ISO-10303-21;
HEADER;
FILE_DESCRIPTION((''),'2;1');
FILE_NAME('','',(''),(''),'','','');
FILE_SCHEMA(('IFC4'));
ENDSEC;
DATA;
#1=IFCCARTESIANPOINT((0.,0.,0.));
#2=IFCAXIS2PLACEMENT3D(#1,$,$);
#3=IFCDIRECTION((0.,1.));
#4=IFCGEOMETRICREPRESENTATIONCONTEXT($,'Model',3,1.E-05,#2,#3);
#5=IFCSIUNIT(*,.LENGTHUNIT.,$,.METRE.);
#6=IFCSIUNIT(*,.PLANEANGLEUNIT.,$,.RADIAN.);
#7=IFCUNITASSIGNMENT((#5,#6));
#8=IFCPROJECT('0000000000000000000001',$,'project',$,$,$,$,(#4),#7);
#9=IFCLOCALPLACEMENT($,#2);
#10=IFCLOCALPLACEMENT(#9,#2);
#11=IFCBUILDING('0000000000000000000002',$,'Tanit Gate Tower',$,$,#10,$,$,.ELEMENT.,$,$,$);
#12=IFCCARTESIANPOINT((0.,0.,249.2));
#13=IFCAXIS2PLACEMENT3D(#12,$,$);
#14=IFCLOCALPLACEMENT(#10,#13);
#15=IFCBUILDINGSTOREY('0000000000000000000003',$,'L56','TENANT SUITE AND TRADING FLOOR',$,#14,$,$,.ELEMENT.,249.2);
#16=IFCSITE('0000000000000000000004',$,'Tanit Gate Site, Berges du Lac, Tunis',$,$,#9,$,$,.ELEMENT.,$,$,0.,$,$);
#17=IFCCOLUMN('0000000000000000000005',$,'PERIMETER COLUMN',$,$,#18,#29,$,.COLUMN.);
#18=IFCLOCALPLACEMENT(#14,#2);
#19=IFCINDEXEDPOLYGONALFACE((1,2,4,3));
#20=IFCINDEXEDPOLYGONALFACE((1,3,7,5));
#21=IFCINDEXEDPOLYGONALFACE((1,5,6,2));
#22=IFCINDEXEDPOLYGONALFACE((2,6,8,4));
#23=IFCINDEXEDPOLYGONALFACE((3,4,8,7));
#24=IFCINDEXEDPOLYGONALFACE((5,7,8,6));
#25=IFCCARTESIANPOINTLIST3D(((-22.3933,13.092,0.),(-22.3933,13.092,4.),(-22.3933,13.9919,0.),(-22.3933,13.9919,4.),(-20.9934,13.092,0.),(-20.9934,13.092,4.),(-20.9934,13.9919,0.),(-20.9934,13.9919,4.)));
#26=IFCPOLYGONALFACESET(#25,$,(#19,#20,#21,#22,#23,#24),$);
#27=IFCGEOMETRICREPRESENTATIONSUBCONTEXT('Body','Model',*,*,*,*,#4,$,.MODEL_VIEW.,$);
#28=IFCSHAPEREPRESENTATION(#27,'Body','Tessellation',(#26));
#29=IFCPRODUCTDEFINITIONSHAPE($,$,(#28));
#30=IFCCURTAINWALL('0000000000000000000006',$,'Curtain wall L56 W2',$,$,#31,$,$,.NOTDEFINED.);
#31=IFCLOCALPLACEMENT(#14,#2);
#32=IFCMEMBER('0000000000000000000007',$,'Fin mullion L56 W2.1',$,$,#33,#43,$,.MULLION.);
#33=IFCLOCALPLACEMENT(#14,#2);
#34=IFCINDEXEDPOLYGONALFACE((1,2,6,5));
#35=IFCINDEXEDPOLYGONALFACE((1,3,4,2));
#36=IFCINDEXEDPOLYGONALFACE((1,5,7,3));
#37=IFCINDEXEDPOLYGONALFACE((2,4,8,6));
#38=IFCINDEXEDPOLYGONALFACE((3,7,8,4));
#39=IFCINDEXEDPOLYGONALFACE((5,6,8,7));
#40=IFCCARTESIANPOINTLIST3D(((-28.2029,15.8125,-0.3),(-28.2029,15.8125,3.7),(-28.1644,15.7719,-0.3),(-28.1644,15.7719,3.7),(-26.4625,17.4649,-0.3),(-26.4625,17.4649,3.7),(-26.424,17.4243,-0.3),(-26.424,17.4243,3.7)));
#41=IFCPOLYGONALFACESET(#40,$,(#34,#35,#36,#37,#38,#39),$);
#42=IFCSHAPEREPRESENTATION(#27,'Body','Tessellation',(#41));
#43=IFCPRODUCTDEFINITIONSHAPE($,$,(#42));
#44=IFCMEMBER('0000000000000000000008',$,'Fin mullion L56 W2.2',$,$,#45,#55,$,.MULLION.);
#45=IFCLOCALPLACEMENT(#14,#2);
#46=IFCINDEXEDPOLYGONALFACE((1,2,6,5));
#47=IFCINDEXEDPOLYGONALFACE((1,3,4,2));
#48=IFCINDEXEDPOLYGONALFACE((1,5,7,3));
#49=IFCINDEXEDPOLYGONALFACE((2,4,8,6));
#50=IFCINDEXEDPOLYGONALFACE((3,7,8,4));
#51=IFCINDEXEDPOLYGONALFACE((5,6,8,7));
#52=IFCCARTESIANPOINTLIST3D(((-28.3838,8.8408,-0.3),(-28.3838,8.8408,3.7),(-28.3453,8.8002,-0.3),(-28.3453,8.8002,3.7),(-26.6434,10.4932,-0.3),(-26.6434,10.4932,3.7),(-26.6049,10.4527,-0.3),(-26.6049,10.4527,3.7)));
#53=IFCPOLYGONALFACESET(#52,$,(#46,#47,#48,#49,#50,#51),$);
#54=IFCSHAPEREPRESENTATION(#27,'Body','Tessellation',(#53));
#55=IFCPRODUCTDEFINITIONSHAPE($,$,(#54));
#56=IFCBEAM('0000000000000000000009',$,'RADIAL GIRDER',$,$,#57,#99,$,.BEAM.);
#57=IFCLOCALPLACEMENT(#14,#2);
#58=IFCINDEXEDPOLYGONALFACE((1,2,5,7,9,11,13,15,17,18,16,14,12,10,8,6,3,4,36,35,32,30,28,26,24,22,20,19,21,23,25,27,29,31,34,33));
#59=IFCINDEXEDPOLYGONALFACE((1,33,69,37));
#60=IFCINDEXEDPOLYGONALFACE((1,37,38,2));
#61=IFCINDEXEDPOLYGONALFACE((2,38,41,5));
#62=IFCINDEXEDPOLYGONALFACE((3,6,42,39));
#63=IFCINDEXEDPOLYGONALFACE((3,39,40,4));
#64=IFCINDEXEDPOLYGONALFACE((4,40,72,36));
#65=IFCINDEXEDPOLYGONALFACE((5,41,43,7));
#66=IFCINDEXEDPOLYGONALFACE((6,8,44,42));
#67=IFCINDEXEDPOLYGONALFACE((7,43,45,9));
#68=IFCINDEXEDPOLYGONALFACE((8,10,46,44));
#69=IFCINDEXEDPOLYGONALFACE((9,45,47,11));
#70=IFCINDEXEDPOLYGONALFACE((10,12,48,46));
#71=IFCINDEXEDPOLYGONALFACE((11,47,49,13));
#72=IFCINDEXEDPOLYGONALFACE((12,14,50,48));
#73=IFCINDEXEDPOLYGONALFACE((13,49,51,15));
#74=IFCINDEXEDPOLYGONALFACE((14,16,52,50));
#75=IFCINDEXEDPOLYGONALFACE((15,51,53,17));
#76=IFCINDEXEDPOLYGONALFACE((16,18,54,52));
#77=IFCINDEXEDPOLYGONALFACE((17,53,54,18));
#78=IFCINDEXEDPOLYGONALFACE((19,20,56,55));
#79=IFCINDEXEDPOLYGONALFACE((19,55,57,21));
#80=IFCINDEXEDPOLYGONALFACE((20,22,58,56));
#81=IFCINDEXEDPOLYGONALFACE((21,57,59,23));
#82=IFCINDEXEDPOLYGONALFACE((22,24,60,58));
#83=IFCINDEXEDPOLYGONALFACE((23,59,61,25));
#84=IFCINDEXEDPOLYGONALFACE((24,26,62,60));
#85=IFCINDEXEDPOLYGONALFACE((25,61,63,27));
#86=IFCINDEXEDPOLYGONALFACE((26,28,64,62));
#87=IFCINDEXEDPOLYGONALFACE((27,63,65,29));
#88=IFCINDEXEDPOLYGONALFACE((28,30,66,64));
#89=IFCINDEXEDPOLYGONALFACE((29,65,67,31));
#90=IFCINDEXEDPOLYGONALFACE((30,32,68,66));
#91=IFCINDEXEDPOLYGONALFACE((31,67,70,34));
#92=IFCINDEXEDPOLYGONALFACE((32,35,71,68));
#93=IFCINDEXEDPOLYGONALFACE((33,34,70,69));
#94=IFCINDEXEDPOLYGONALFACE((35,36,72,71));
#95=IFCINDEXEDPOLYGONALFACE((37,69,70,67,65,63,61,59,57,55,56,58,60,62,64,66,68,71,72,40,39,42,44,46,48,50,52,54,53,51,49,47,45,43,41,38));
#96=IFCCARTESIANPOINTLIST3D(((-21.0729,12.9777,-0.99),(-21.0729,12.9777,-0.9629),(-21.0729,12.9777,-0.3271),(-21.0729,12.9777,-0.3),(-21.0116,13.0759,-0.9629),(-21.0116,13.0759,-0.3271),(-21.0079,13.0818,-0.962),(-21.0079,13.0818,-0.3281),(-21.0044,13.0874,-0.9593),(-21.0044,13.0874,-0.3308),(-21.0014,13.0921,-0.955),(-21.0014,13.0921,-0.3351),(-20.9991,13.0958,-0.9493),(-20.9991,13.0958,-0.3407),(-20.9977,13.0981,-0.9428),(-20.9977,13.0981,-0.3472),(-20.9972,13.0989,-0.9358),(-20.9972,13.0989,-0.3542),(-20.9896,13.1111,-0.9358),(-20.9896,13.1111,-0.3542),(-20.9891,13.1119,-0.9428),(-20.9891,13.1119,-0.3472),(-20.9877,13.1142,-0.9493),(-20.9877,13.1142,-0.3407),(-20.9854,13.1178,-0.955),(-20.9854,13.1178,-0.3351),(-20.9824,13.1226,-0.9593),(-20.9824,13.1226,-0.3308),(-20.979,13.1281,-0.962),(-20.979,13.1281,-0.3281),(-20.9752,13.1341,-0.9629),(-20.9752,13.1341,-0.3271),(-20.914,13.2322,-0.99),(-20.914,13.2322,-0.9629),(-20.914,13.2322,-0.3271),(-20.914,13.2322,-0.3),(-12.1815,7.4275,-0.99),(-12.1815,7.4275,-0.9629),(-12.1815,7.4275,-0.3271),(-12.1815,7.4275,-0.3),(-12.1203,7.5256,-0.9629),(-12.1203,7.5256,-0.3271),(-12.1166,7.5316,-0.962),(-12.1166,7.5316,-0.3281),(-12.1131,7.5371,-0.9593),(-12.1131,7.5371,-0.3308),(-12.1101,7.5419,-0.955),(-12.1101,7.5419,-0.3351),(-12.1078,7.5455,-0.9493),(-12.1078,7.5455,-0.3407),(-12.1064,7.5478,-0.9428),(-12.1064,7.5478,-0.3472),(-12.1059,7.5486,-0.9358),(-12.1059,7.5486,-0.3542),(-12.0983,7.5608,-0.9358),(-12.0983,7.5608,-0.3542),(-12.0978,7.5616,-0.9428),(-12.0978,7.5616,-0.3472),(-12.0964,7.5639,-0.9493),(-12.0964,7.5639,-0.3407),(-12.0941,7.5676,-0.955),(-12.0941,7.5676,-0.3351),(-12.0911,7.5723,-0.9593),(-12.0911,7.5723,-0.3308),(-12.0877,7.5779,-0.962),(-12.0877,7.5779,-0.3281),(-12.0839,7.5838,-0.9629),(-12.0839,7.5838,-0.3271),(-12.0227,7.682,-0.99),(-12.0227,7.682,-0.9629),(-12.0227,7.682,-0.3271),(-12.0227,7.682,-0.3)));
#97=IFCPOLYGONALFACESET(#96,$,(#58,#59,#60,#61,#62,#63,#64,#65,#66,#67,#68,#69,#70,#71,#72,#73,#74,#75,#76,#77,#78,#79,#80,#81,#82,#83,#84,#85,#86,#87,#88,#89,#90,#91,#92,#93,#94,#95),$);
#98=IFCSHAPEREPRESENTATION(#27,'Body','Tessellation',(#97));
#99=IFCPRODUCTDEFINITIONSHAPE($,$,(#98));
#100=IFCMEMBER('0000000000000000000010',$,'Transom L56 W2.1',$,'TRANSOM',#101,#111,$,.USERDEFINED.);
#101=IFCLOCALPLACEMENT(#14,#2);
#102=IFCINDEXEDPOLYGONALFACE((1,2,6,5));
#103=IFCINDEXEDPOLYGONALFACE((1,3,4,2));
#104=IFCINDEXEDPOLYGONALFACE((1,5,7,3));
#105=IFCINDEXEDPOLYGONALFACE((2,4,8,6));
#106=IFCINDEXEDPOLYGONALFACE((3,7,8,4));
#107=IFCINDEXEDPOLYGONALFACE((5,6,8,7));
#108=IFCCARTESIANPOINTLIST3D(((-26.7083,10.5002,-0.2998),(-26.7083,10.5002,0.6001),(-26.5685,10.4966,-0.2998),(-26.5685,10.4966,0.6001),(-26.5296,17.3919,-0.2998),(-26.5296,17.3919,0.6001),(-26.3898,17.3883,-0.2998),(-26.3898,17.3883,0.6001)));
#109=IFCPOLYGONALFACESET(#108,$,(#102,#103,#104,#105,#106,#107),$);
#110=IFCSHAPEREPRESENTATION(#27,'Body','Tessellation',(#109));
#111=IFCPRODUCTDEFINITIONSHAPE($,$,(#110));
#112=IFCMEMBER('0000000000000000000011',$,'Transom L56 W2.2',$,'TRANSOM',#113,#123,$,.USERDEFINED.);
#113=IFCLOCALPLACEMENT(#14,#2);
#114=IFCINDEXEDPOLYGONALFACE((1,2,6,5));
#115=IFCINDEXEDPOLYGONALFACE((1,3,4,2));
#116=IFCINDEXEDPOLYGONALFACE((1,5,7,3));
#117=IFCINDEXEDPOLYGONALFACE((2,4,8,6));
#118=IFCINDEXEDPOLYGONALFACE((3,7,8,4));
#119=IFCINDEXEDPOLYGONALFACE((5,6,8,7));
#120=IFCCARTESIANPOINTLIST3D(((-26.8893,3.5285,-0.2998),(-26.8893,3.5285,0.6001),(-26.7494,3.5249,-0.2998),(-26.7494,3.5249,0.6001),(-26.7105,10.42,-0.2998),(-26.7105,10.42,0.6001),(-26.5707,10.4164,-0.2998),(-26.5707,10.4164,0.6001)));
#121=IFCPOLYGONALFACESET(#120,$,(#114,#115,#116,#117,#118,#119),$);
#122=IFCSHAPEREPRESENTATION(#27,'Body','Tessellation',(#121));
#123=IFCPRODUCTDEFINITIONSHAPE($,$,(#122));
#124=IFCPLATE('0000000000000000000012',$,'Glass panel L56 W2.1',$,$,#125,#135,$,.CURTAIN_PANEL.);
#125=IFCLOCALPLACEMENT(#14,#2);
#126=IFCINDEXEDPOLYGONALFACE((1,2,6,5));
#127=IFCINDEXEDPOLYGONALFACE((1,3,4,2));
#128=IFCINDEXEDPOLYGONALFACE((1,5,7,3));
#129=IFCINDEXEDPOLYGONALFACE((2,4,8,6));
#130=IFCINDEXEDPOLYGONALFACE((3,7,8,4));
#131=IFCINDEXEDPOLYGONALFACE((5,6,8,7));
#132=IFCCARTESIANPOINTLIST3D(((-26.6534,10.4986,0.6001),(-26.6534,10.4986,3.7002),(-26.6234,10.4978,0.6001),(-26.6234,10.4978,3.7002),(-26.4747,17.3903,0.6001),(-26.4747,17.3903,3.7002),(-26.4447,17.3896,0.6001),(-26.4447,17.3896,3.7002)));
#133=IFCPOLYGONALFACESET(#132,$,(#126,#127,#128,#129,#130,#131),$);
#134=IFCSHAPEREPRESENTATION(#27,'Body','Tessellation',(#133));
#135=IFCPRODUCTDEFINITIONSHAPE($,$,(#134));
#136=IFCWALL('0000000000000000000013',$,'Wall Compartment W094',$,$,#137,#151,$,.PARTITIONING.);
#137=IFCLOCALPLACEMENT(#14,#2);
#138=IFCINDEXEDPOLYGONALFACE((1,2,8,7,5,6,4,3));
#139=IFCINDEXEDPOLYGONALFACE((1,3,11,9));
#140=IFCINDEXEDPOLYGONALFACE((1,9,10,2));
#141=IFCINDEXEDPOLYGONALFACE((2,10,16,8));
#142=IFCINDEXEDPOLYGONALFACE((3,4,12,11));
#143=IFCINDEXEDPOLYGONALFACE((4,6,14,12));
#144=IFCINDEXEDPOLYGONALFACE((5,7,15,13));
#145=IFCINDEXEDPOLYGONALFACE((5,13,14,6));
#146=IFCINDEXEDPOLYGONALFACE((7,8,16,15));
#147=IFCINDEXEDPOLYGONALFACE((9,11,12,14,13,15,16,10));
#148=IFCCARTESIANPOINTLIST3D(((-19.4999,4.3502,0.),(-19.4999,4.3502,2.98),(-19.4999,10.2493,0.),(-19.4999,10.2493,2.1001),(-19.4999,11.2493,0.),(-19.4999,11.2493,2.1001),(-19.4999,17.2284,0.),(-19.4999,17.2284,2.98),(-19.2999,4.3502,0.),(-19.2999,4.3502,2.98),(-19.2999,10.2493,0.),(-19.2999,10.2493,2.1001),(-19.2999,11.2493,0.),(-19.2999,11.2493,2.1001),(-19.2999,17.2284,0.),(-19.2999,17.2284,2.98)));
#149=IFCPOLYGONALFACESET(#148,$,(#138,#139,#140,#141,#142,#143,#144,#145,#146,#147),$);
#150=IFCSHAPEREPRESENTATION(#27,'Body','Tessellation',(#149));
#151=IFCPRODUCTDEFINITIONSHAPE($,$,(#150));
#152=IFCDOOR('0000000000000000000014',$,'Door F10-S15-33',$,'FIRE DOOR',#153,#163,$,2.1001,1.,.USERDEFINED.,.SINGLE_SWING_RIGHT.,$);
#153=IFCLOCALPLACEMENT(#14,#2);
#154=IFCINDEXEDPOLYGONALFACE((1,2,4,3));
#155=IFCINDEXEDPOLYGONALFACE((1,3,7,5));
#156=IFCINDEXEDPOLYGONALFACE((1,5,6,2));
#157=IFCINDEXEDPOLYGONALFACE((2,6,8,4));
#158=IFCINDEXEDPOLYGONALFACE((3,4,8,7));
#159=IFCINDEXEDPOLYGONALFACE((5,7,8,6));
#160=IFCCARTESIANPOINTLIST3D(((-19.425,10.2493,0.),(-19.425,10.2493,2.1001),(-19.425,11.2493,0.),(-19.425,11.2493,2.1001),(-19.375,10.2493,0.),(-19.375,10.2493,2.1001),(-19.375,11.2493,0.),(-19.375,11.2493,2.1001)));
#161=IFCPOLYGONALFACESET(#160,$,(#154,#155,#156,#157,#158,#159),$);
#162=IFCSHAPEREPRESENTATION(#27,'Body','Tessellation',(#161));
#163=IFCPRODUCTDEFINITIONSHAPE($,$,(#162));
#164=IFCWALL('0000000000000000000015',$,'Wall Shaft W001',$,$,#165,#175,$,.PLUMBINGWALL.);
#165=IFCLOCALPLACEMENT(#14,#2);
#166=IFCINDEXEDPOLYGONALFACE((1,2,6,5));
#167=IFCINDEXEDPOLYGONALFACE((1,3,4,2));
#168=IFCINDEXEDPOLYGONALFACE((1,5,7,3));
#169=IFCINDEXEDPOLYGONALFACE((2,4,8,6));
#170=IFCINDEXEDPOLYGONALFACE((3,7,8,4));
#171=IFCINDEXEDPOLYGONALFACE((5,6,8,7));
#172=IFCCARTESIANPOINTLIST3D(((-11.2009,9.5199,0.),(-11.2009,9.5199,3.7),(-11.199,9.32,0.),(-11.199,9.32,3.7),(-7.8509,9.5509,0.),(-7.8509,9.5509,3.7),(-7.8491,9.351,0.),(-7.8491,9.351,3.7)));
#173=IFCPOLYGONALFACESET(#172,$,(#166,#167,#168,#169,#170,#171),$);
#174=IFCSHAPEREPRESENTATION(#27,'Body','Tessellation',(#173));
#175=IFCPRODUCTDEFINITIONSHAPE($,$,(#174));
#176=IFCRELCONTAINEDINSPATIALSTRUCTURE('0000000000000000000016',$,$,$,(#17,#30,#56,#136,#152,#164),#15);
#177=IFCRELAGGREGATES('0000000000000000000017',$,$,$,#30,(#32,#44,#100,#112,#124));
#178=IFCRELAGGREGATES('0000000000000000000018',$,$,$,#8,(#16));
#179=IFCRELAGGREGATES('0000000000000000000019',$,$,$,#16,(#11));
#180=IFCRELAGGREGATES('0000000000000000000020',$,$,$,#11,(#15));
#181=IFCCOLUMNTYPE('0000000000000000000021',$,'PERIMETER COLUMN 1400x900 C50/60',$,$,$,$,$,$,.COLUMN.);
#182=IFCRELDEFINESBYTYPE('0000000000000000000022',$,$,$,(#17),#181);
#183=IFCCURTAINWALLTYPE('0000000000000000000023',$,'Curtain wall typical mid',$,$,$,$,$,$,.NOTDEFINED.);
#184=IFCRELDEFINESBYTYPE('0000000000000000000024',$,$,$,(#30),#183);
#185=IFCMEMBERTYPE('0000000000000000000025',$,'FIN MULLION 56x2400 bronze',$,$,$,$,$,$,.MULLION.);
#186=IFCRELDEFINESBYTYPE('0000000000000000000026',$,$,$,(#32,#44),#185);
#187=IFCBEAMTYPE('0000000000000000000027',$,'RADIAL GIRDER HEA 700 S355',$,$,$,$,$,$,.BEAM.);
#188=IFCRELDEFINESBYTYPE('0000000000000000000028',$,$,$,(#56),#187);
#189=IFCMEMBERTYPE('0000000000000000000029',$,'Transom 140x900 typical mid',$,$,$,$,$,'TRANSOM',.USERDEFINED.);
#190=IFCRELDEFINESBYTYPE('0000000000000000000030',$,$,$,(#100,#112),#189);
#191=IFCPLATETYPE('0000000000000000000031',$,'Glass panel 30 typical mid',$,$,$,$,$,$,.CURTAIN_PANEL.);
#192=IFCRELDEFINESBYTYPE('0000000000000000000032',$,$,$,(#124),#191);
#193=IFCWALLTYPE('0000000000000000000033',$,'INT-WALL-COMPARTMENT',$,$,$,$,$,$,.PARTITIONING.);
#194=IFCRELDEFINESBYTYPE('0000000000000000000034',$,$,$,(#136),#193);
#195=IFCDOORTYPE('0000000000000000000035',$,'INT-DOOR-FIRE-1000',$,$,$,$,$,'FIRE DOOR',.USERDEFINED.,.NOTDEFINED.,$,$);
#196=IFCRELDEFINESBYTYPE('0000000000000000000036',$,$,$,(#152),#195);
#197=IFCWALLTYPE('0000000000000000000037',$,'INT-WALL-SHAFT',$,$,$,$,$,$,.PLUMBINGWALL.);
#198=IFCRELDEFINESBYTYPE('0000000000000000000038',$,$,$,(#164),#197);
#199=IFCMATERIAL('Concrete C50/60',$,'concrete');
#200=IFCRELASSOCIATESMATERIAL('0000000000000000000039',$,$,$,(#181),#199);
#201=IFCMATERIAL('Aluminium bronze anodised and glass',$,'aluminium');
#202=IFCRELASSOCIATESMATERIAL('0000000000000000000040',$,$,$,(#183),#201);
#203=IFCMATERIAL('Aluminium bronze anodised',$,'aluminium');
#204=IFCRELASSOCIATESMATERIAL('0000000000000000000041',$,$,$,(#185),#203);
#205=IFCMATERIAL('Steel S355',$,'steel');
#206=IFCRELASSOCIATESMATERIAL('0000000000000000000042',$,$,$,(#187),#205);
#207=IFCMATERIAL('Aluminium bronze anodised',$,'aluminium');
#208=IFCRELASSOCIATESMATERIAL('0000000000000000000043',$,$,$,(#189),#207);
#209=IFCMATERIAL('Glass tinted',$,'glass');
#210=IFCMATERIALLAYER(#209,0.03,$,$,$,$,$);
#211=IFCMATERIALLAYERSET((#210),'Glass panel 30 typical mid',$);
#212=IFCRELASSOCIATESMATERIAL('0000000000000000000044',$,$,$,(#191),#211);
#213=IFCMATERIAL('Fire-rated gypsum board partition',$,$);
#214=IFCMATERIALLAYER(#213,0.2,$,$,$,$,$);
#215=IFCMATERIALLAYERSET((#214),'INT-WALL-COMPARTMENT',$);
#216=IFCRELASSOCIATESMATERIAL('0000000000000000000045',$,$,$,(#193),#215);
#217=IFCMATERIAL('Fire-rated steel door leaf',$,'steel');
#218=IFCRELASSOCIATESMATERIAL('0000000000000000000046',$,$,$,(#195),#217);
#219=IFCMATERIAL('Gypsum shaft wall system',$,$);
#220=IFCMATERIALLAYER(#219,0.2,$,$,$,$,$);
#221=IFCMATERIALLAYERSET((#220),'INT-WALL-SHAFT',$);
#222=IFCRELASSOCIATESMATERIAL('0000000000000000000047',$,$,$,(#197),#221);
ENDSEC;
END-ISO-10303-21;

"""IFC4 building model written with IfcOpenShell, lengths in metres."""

from ifc_helpers import new_model, si_unit, direction, frame, frame_2d, origin, origin_2d, place, context, subcontext, project, spatial, rectangle, i_section, extrude, material, layer, layer_set, material_profile, profile_set, type_object, element, fill, aggregate, save


model = new_model("IFC4")

# Units and contexts
model_context = context("Model", 3, precision=1e-05, world=origin(), true_north=direction((0.0, 1.0)))
body_context = subcontext(model_context, "Body", "Model", "MODEL_VIEW")
ifc_project = project(units=[si_unit("LENGTHUNIT", "METRE"), si_unit("PLANEANGLEUNIT", "RADIAN")], contexts=[model_context])

# Site, building, storey
site_placement = place(None, origin())
site = spatial("IfcSite", under=ifc_project, at=site_placement, Name="Tanit Gate Site, Berges du Lac, Tunis", CompositionType="ELEMENT", RefElevation=0.0)
building_placement = place(site_placement, origin())
building = spatial("IfcBuilding", under=site, at=building_placement, Name="Tanit Gate Tower", CompositionType="ELEMENT")
storey_placement = place(building_placement, frame((0.0, 0.0, 249.2)))
storey = spatial("IfcBuildingStorey", under=building, at=storey_placement, Name="L56", Description="TENANT SUITE AND TRADING FLOOR", CompositionType="ELEMENT", Elevation=249.2)

# Column
ifc_material_1 = material(Name="Concrete C50/60", Category="concrete")
ifc_material_profile_1 = material_profile(ifc_material_1, rectangle(XDim=1.3999, YDim=0.8999, at=origin_2d()), Name="RC 1400x900")
ifc_profile_set_1 = profile_set([ifc_material_profile_1], Name="Concrete C50/60")
column_type = type_object("IfcColumnType", Name="PERIMETER COLUMN 1400x900 C50/60", PredefinedType="COLUMN", material=ifc_profile_set_1)
column_placement = place(storey_placement, frame((-21.6934, 13.542, 0.0), z_axis=(0.0, 0.0, 1.0), x_axis=(-1.0, 0.0, 0.0)))
element("IfcColumn", 1, at=column_placement, inside=storey, type_object=column_type, Name="PERIMETER COLUMN", PredefinedType="COLUMN", context=body_context, shape_type="SweptSolid", body=[
    extrude(rectangle(XDim=1.3999, YDim=0.8999, at=origin_2d()), origin(), (0.0, 0.0, 1.0), 4.0),
])

# Curtain wall, members
ifc_material_2 = material(Name="Aluminium bronze anodised and glass", Category="aluminium")
curtain_wall_type = type_object("IfcCurtainWallType", Name="Curtain wall typical mid", PredefinedType="NOTDEFINED", material=ifc_material_2)
curtain_wall_placement = place(storey_placement, origin())
curtain_wall = element("IfcCurtainWall", 2, at=curtain_wall_placement, inside=storey, type_object=curtain_wall_type, Name="Curtain wall L56 W2", PredefinedType="NOTDEFINED")
ifc_material_3 = material(Name="Aluminium bronze anodised", Category="aluminium")
ifc_material_profile_2 = material_profile(ifc_material_3, rectangle(XDim=2.3999, YDim=0.0559, at=origin_2d()), Name="56x2400 bronze fin mullion")
ifc_profile_set_2 = profile_set([ifc_material_profile_2], Name="Aluminium bronze anodised")
member_type_1 = type_object("IfcMemberType", Name="FIN MULLION 56x2400 bronze", PredefinedType="MULLION", material=ifc_profile_set_2)
member_1_placement = place(storey_placement, frame((-27.3135, 16.6184, -0.3), z_axis=(0.0, 0.0, 1.0), x_axis=(0.7252, 0.688538, 0.0)))
member_1 = element("IfcMember", 3, at=member_1_placement, type_object=member_type_1, Name="Fin mullion L56 W2.1", PredefinedType="MULLION", context=body_context, shape_type="SweptSolid", body=[
    extrude(rectangle(XDim=2.3999, YDim=0.0559, at=origin_2d()), origin(), (0.0, 0.0, 1.0), 4.0),
])
member_2_placement = place(storey_placement, frame((-27.4944, 9.6467, -0.3), z_axis=(0.0, 0.0, 1.0), x_axis=(0.7252, 0.688538, 0.0)))
member_2 = element("IfcMember", 4, at=member_2_placement, type_object=member_type_1, Name="Fin mullion L56 W2.2", PredefinedType="MULLION", context=body_context, shape_type="SweptSolid", body=[
    extrude(rectangle(XDim=2.3999, YDim=0.0559, at=origin_2d()), origin(), (0.0, 0.0, 1.0), 4.0),
])

# Beam
ifc_material_4 = material(Name="Steel S355", Category="steel")
ifc_material_profile_3 = material_profile(ifc_material_4, i_section(OverallWidth=0.3, OverallDepth=0.6899, WebThickness=0.0144, FlangeThickness=0.0271, FilletRadius=0.0271, at=origin_2d()), Name="HEA 700")
ifc_profile_set_3 = profile_set([ifc_material_profile_3], Name="Steel S355")
beam_type = type_object("IfcBeamType", Name="RADIAL GIRDER HEA 700 S355", PredefinedType="BEAM", material=ifc_profile_set_3)
beam_placement = place(storey_placement, frame((-20.9934, 13.105, -0.645), z_axis=(0.84829, -0.529532, 0.0), x_axis=(0.529532, 0.84829, 0.0)))
element("IfcBeam", 5, at=beam_placement, inside=storey, type_object=beam_type, Name="RADIAL GIRDER", PredefinedType="BEAM", context=body_context, shape_type="SweptSolid", body=[
    extrude(i_section(OverallWidth=0.3, OverallDepth=0.6899, WebThickness=0.0144, FlangeThickness=0.0271, FilletRadius=0.0271, at=origin_2d()), origin(), (0.0, 0.0, 1.0), 10.4814),
])

# Members
ifc_material_5 = material(Name="Aluminium bronze anodised", Category="aluminium")
ifc_material_profile_4 = material_profile(ifc_material_5, rectangle(XDim=0.1399, YDim=0.8999, at=origin_2d()), Name="140x900 bronze transom")
ifc_profile_set_4 = profile_set([ifc_material_profile_4], Name="Aluminium bronze anodised")
member_type_2 = type_object("IfcMemberType", Name="Transom 140x900 typical mid", ElementType="TRANSOM", PredefinedType="USERDEFINED", material=ifc_profile_set_4)
member_3_placement = place(storey_placement, frame((-26.4597, 17.3901, 0.1501), z_axis=(-0.025922, -0.999664, 0.0), x_axis=(0.999664, -0.025922, 0.0)))
member_3 = element("IfcMember", 6, at=member_3_placement, type_object=member_type_2, Name="Transom L56 W2.1", ObjectType="TRANSOM", PredefinedType="USERDEFINED", context=body_context, shape_type="SweptSolid", body=[
    extrude(rectangle(XDim=0.1399, YDim=0.8999, at=origin_2d()), origin(), (0.0, 0.0, 1.0), 6.894),
])
member_4_placement = place(storey_placement, frame((-26.6406, 10.4182, 0.1501), z_axis=(-0.025923, -0.999664, 0.0), x_axis=(0.999664, -0.025923, 0.0)))
member_4 = element("IfcMember", 7, at=member_4_placement, type_object=member_type_2, Name="Transom L56 W2.2", ObjectType="TRANSOM", PredefinedType="USERDEFINED", context=body_context, shape_type="SweptSolid", body=[
    extrude(rectangle(XDim=0.1399, YDim=0.8999, at=origin_2d()), origin(), (0.0, 0.0, 1.0), 6.8938),
])

# Plate
ifc_material_6 = material(Name="Glass tinted", Category="glass")
ifc_layer_1 = layer(ifc_material_6, 0.03)
ifc_layer_set_1 = layer_set([ifc_layer_1], Name="Glass panel 30 typical mid")
plate_type = type_object("IfcPlateType", Name="Glass panel 30 typical mid", PredefinedType="CURTAIN_PANEL", material=ifc_layer_set_1)
plate_placement = place(storey_placement, frame((-26.5491, 13.9441, 0.6001), z_axis=(0.0, 0.0, 1.0), x_axis=(-0.025924, -0.999664, 0.0)))
plate = element("IfcPlate", 8, at=plate_placement, type_object=plate_type, Name="Glass panel L56 W2.1", PredefinedType="CURTAIN_PANEL", context=body_context, shape_type="SweptSolid", body=[
    extrude(rectangle(XDim=6.894, YDim=0.03, at=origin_2d()), origin(), (0.0, 0.0, 1.0), 3.1001),
])
aggregate(curtain_wall, [member_1, member_2, member_3, member_4, plate])

# Wall, opening, door
ifc_material_7 = material(Name="Fire-rated gypsum board partition")
ifc_layer_2 = layer(ifc_material_7, 0.2)
ifc_layer_set_2 = layer_set([ifc_layer_2], Name="INT-WALL-COMPARTMENT")
wall_type_1 = type_object("IfcWallType", Name="INT-WALL-COMPARTMENT", PredefinedType="PARTITIONING", material=ifc_layer_set_2)
wall_1_placement = place(storey_placement, frame((-19.3999, 17.2283, 0.0), z_axis=(0.0, 0.0, 1.0), x_axis=(0.0, -1.0, 0.0)))
wall_1 = element("IfcWall", 9, at=wall_1_placement, inside=storey, type_object=wall_type_1, Name="Wall Compartment W094", PredefinedType="PARTITIONING", context=body_context, shape_type="SweptSolid", body=[
    extrude(rectangle(XDim=12.8782, YDim=0.2, at=frame_2d((6.439, 0.0))), origin(), (0.0, 0.0, 1.0), 2.98),
])
opening_1_placement = place(wall_1_placement, frame((5.979, 0.0, 0.0)))
opening_1 = element("IfcOpeningElement", 10, at=opening_1_placement, cuts=wall_1, PredefinedType="OPENING", context=body_context, shape_type="SweptSolid", body=[
    extrude(rectangle(XDim=1.0, YDim=2.1001, at=frame_2d((0.5, 1.05))), frame((0.0, 0.1099, 0.0), z_axis=(0.0, -1.0, 0.0), x_axis=(1.0, 0.0, 0.0)), (0.0, 0.0, 1.0), 0.22),
])
ifc_material_8 = material(Name="Fire-rated steel door leaf", Category="steel")
door_type_1 = type_object("IfcDoorType", Name="INT-DOOR-FIRE-1000", ElementType="FIRE DOOR", OperationType="NOTDEFINED", PredefinedType="USERDEFINED", material=ifc_material_8)
door_1_placement = place(opening_1_placement, origin())
door_1 = element("IfcDoor", 11, at=door_1_placement, inside=storey, type_object=door_type_1, Name="Door F10-S15-33", ObjectType="FIRE DOOR", OperationType="SINGLE_SWING_RIGHT", OverallHeight=2.1001, OverallWidth=1.0, PredefinedType="USERDEFINED", context=body_context, shape_type="SweptSolid", body=[
    extrude(rectangle(XDim=1.0, YDim=2.1001, at=frame_2d((0.5, 1.05))), frame((0.0, 0.0249, 0.0), z_axis=(0.0, -1.0, 0.0), x_axis=(1.0, 0.0, 0.0)), (0.0, 0.0, 1.0), 0.05),
])
fill(opening_1, door_1)

# Wall
ifc_material_9 = material(Name="Gypsum shaft wall system")
ifc_layer_3 = layer(ifc_material_9, 0.2)
ifc_layer_set_3 = layer_set([ifc_layer_3], Name="INT-WALL-SHAFT")
wall_type_2 = type_object("IfcWallType", Name="INT-WALL-SHAFT", PredefinedType="PLUMBINGWALL", material=ifc_layer_set_3)
wall_2_placement = place(storey_placement, frame((-11.2, 9.4199, 0.0), z_axis=(0.0, 0.0, 1.0), x_axis=(0.999957, 0.009255, 0.0)))
element("IfcWall", 12, at=wall_2_placement, inside=storey, type_object=wall_type_2, Name="Wall Shaft W001", PredefinedType="PLUMBINGWALL", context=body_context, shape_type="SweptSolid", body=[
    extrude(rectangle(XDim=3.3501, YDim=0.2, at=frame_2d((1.675, 0.0))), origin(), (0.0, 0.0, 1.0), 3.7),
])

save(model, "model.ifc")
